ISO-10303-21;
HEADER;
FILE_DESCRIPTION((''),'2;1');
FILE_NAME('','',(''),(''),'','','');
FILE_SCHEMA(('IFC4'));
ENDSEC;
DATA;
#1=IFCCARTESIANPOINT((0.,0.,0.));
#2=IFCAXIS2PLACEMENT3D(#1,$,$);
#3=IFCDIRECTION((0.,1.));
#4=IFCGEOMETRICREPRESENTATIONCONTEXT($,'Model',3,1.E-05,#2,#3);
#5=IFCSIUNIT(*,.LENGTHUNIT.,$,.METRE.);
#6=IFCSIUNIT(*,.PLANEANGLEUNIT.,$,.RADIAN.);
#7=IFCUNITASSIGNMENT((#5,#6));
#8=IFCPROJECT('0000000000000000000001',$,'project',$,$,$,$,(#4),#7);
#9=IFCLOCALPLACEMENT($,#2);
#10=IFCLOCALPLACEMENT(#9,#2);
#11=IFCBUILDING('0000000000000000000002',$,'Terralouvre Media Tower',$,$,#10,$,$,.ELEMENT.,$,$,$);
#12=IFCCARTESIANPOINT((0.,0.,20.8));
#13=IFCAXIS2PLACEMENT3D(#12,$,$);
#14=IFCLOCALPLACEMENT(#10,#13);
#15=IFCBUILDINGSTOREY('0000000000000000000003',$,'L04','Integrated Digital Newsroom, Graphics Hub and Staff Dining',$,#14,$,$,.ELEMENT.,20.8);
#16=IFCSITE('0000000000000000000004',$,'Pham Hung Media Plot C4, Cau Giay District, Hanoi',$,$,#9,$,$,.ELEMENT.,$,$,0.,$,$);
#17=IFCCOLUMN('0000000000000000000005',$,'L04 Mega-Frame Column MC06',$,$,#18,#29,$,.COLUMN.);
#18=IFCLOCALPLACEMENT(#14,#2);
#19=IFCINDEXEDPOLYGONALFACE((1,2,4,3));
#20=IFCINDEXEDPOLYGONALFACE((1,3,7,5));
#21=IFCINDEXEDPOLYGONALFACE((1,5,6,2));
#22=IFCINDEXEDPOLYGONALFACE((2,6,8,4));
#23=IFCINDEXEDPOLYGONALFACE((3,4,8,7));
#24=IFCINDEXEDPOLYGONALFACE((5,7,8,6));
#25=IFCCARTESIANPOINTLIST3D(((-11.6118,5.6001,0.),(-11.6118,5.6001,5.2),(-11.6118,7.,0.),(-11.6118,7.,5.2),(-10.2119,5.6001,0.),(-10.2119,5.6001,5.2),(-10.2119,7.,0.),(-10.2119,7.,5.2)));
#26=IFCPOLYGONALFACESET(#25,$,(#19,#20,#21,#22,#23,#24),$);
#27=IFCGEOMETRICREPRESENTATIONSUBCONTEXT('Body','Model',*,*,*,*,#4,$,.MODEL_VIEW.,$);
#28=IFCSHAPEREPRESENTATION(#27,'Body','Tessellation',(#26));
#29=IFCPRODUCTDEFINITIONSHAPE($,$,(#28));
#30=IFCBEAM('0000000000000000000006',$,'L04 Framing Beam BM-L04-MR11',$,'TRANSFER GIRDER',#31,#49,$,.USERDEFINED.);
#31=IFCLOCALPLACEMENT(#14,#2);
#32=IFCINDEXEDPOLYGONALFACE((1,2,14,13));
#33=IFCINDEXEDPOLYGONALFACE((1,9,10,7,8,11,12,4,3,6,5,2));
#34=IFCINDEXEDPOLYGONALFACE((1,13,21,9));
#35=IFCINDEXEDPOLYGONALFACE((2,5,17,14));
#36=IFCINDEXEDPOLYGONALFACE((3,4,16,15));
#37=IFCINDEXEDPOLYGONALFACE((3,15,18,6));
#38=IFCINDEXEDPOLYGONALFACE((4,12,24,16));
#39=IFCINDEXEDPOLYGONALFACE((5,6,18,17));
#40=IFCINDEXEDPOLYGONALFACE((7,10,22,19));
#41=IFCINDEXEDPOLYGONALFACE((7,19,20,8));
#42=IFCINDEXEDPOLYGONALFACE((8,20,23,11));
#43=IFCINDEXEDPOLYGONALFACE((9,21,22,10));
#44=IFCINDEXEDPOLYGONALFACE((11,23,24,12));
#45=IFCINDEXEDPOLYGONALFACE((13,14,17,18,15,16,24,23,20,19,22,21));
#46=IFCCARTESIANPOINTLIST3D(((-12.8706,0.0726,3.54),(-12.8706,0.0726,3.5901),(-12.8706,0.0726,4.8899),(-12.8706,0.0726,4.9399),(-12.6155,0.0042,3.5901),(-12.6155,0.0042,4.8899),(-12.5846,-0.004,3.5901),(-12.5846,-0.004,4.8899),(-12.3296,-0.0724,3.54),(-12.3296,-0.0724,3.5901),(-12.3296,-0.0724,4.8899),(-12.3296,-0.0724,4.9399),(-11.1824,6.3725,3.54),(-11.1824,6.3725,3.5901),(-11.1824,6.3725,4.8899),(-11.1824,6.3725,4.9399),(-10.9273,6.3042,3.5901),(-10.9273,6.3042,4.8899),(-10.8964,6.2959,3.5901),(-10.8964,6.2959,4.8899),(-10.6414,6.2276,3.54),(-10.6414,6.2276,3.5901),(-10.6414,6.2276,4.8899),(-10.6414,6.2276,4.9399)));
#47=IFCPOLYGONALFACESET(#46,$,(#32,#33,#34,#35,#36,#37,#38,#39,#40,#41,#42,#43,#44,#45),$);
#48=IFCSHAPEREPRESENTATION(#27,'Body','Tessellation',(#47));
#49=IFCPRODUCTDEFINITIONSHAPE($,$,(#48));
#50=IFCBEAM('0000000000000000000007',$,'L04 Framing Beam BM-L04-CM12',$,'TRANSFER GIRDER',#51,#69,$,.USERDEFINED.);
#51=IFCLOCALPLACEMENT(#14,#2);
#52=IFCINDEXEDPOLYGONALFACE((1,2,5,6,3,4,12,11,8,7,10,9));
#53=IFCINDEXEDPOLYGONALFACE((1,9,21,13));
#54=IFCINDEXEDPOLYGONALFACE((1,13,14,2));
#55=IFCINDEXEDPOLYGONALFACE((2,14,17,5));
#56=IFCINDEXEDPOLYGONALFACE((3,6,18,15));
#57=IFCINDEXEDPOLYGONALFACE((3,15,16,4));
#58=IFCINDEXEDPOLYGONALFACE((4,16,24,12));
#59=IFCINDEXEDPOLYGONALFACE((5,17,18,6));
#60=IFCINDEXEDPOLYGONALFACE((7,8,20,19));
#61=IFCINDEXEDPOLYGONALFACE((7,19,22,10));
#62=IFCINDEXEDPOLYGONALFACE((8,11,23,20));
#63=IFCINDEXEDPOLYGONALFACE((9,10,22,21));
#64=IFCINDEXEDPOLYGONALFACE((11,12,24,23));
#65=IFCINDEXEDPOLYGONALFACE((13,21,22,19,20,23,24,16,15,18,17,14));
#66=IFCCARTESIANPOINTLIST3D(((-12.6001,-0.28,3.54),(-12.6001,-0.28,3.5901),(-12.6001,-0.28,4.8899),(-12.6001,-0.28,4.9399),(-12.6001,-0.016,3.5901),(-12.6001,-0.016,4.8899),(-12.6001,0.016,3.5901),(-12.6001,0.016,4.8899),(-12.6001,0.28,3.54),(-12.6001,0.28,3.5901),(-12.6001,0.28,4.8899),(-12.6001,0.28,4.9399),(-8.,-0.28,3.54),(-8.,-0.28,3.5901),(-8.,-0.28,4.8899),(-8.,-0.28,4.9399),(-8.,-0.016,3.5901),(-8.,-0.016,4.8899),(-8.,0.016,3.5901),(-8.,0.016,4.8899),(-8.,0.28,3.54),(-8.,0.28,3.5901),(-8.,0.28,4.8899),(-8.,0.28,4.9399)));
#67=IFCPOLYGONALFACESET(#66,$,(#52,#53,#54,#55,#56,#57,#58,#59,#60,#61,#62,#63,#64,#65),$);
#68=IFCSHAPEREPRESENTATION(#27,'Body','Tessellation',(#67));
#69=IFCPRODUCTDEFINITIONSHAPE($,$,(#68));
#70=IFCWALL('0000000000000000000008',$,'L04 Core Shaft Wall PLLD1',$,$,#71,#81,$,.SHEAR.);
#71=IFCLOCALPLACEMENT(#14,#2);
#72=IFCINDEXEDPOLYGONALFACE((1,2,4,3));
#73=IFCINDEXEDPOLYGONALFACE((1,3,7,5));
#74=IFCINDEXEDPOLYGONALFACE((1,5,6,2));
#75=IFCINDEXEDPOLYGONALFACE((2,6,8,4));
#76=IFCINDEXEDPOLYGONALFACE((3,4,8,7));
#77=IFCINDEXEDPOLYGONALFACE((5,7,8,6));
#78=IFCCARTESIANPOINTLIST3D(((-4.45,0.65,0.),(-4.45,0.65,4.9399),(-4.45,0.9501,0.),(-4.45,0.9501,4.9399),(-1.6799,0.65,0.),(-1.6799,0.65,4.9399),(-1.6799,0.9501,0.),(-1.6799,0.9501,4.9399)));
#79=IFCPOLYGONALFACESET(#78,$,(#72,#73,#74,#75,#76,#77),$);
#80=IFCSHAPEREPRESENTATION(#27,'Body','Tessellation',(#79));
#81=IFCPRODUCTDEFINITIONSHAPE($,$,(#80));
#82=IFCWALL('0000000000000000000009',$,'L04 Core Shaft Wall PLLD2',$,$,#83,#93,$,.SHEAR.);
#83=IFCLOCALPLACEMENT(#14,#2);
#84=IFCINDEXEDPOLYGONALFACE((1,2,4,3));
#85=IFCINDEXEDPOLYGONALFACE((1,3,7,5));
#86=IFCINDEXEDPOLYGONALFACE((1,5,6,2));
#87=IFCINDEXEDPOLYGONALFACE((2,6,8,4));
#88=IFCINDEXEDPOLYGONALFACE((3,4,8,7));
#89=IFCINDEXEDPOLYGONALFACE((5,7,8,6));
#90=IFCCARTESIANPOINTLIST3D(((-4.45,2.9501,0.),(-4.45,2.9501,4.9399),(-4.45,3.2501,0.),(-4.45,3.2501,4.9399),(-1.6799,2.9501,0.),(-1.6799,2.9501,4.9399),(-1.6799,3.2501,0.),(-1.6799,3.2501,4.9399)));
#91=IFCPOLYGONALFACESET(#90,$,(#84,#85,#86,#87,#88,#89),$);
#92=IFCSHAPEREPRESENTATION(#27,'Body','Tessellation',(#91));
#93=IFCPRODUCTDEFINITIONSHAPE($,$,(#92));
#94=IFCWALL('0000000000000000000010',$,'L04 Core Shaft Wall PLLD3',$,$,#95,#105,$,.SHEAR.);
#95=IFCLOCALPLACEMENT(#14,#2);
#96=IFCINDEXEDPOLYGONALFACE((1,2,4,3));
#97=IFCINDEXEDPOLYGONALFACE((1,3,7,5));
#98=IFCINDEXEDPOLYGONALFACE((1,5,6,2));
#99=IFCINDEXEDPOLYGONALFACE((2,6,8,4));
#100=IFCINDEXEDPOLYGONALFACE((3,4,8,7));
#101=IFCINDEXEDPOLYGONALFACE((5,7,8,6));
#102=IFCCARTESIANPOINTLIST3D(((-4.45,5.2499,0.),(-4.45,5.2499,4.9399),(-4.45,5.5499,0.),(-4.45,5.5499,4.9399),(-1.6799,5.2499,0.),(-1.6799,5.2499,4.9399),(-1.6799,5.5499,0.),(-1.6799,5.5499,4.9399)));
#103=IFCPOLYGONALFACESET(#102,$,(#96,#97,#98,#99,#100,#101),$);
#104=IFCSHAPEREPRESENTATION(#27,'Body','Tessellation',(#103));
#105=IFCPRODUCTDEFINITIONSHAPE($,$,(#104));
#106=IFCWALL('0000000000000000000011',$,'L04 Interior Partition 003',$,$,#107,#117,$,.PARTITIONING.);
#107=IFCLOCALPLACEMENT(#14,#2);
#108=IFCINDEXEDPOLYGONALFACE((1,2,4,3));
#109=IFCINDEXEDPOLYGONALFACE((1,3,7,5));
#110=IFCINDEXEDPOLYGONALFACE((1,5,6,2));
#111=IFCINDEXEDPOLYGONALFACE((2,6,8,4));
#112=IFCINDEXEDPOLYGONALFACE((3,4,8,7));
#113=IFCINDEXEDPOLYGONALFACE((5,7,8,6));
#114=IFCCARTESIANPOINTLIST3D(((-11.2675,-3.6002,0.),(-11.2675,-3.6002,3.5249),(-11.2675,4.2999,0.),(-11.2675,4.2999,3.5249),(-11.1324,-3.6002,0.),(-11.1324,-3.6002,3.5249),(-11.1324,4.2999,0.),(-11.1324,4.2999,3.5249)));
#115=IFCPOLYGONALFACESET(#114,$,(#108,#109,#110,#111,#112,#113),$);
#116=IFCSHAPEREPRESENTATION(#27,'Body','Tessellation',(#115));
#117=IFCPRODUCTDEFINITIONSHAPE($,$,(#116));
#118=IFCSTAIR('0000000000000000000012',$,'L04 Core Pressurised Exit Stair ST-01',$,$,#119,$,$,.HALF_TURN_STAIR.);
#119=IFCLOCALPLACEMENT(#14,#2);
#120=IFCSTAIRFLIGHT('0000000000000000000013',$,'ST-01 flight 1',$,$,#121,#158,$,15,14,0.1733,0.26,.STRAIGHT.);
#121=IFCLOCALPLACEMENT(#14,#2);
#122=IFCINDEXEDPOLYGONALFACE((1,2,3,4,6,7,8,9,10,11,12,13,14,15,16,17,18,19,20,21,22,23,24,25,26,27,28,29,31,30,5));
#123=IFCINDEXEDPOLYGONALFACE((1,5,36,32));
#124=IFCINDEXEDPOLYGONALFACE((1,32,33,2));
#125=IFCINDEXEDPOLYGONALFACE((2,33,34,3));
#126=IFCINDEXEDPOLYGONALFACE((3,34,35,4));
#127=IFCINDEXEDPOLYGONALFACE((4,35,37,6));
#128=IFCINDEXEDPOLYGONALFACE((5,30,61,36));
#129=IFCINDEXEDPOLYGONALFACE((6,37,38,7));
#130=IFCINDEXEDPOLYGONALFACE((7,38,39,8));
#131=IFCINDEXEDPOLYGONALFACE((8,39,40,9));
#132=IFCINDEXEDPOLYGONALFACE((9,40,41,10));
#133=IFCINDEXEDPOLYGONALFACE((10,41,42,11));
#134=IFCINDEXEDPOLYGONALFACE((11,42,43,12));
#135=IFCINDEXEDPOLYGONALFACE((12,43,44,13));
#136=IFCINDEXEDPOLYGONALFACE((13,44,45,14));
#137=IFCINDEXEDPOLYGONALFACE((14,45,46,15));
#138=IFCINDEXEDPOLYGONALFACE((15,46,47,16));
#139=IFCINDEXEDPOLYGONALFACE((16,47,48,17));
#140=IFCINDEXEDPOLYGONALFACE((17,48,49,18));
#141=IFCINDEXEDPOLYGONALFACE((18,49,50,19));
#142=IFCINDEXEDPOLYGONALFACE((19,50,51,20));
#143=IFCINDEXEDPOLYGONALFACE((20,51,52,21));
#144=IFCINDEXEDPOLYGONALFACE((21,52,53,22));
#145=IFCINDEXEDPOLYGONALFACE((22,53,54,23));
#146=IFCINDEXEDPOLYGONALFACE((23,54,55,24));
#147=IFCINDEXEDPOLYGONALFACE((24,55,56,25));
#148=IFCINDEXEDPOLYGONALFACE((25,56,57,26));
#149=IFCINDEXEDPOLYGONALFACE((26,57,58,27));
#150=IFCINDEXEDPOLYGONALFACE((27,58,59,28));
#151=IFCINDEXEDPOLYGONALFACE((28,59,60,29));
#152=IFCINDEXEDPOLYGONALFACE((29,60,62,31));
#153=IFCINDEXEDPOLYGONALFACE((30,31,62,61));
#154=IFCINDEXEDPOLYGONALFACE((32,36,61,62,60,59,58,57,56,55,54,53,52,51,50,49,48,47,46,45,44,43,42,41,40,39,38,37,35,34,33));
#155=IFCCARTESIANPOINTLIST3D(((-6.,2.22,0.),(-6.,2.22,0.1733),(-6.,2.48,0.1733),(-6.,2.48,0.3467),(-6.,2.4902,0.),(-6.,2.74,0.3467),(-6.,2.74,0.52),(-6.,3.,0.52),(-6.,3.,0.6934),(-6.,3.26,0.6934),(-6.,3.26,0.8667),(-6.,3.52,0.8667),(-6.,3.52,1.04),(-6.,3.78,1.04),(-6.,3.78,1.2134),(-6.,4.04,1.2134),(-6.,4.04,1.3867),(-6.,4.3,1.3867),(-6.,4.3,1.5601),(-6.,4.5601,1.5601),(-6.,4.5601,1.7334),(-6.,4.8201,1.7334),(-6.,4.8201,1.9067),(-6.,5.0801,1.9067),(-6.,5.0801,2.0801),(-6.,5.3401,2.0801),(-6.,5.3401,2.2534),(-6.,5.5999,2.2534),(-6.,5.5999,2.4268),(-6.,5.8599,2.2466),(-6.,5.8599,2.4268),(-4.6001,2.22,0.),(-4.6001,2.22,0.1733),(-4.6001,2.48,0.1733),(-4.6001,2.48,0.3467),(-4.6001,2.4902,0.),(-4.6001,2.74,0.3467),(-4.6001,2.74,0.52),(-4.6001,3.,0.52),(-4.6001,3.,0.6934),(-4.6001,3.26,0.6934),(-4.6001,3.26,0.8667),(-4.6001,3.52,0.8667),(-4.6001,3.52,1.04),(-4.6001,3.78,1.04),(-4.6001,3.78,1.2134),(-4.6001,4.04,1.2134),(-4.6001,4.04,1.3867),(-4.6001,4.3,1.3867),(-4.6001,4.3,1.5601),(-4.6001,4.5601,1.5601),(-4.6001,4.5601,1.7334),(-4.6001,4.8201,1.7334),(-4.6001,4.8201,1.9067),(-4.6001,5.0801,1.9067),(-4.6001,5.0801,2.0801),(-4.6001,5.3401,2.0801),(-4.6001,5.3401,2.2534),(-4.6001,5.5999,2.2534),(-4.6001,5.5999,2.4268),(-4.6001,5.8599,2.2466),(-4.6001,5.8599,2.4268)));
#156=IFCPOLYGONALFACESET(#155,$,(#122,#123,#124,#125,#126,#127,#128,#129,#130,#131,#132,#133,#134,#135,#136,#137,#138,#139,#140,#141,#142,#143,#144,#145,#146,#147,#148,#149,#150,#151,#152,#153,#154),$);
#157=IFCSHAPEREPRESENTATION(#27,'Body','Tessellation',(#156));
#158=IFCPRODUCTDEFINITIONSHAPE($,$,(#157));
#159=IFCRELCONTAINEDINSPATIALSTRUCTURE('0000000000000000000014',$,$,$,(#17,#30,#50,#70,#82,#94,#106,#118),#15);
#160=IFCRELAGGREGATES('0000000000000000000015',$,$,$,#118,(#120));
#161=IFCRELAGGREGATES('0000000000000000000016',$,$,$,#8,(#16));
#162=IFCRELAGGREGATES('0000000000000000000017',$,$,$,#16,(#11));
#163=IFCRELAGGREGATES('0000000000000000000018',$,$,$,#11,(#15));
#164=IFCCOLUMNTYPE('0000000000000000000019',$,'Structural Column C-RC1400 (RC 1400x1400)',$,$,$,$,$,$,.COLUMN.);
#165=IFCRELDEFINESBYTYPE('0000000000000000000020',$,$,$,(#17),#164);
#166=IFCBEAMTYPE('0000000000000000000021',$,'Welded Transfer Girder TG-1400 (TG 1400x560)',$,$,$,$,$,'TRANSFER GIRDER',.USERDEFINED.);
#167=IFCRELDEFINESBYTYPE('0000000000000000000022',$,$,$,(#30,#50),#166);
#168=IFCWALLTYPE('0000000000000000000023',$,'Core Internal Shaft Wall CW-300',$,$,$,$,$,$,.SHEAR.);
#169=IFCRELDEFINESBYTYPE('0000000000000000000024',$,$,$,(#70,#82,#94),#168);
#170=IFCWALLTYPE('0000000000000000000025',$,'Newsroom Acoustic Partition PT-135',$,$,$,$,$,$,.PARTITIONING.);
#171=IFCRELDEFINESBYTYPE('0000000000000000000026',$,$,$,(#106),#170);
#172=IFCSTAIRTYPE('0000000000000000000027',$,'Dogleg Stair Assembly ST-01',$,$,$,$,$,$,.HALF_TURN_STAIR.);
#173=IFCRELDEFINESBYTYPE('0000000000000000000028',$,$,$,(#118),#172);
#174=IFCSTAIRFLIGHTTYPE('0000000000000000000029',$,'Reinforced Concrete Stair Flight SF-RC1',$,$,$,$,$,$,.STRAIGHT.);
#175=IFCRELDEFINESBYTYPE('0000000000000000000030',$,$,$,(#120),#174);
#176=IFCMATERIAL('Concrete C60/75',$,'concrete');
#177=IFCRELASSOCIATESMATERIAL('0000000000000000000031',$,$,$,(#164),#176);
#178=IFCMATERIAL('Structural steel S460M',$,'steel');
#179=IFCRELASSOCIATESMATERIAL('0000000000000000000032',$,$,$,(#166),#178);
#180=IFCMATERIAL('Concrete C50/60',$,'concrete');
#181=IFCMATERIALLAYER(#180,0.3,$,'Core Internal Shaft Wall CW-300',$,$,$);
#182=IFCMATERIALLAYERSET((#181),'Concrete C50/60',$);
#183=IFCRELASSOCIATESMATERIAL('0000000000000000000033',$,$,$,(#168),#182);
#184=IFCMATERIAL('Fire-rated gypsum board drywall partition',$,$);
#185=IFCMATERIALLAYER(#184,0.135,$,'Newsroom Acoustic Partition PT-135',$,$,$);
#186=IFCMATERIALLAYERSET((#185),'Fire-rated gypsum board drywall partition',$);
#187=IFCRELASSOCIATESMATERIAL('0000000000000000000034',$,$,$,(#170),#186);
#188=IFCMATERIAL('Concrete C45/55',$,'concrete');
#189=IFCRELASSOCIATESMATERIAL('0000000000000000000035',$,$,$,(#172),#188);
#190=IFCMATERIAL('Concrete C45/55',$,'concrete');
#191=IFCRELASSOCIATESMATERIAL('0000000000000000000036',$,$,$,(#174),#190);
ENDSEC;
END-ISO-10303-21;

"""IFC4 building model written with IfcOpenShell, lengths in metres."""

from ifc_helpers import new_model, si_unit, direction, frame, frame_2d, origin, origin_2d, place, context, subcontext, project, spatial, polyline, rectangle, i_section, outline, extrude, material, layer, layer_set, material_profile, profile_set, type_object, element, aggregate, save


model = new_model("IFC4")

# Units and contexts
model_context = context("Model", 3, precision=1e-05, world=origin(), true_north=direction((0.0, 1.0)))
body_context = subcontext(model_context, "Body", "Model", "MODEL_VIEW")
ifc_project = project(units=[si_unit("LENGTHUNIT", "METRE"), si_unit("PLANEANGLEUNIT", "RADIAN")], contexts=[model_context])

# Site, building, storey
site_placement = place(None, origin())
site = spatial("IfcSite", under=ifc_project, at=site_placement, Name="Pham Hung Media Plot C4, Cau Giay District, Hanoi", CompositionType="ELEMENT", RefElevation=0.0)
building_placement = place(site_placement, origin())
building = spatial("IfcBuilding", under=site, at=building_placement, Name="Terralouvre Media Tower", CompositionType="ELEMENT")
storey_placement = place(building_placement, frame((0.0, 0.0, 20.8)))
storey = spatial("IfcBuildingStorey", under=building, at=storey_placement, Name="L04", Description="Integrated Digital Newsroom, Graphics Hub and Staff Dining", CompositionType="ELEMENT", Elevation=20.8)

# Column
ifc_material_1 = material(Name="Concrete C60/75", Category="concrete")
ifc_material_profile_1 = material_profile(ifc_material_1, rectangle(XDim=1.3999, YDim=1.3999, at=origin_2d()), Name="RC 1400x1400")
ifc_profile_set_1 = profile_set([ifc_material_profile_1], Name="Concrete C60/75")
column_type = type_object("IfcColumnType", Name="Structural Column C-RC1400 (RC 1400x1400)", PredefinedType="COLUMN", material=ifc_profile_set_1)
column_placement = place(storey_placement, frame((-10.9119, 6.3, 0.0), z_axis=(0.0, 0.0, 1.0), x_axis=(1.0, 0.0, 0.0)))
element("IfcColumn", 1, at=column_placement, inside=storey, type_object=column_type, Name="L04 Mega-Frame Column MC06", PredefinedType="COLUMN", context=body_context, shape_type="SweptSolid", body=[
    extrude(rectangle(XDim=1.3999, YDim=1.3999, at=origin_2d()), origin(), (0.0, 0.0, 1.0), 5.2),
])

# Beams
ifc_material_2 = material(Name="Structural steel S460M", Category="steel")
ifc_material_profile_2 = material_profile(ifc_material_2, i_section(OverallWidth=0.5601, OverallDepth=1.3999, WebThickness=0.032, FlangeThickness=0.05, at=origin_2d()), Name="TG 1400x560")
ifc_profile_set_2 = profile_set([ifc_material_profile_2], Name="Structural steel S460M")
beam_type = type_object("IfcBeamType", Name="Welded Transfer Girder TG-1400 (TG 1400x560)", ElementType="TRANSFER GIRDER", PredefinedType="USERDEFINED", material=ifc_profile_set_2)
beam_1_placement = place(storey_placement, frame((-10.9119, 6.3, 4.24), z_axis=(-0.258839, -0.96592, 0.0), x_axis=(0.96592, -0.258839, 0.0)))
element("IfcBeam", 2, at=beam_1_placement, inside=storey, type_object=beam_type, Name="L04 Framing Beam BM-L04-MR11", ObjectType="TRANSFER GIRDER", PredefinedType="USERDEFINED", context=body_context, shape_type="SweptSolid", body=[
    extrude(i_section(OverallWidth=0.5601, OverallDepth=1.3999, WebThickness=0.032, FlangeThickness=0.05, at=origin_2d()), origin(), (0.0, 0.0, 1.0), 6.5222),
])
beam_2_placement = place(storey_placement, frame((-8.0, 0.0, 4.24), z_axis=(-1.0, 0.0, 0.0), x_axis=(0.0, -1.0, 0.0)))
element("IfcBeam", 3, at=beam_2_placement, inside=storey, type_object=beam_type, Name="L04 Framing Beam BM-L04-CM12", ObjectType="TRANSFER GIRDER", PredefinedType="USERDEFINED", context=body_context, shape_type="SweptSolid", body=[
    extrude(i_section(OverallWidth=0.5601, OverallDepth=1.3999, WebThickness=0.032, FlangeThickness=0.05, at=origin_2d()), origin(), (0.0, 0.0, 1.0), 4.6001),
])

# Shared definitions
ifc_material_3 = material(Name="Concrete C50/60", Category="concrete")
ifc_layer_1 = layer(ifc_material_3, 0.3, Name="Core Internal Shaft Wall CW-300")
ifc_layer_set_1 = layer_set([ifc_layer_1], Name="Concrete C50/60")
wall_type_1 = type_object("IfcWallType", Name="Core Internal Shaft Wall CW-300", PredefinedType="SHEAR", material=ifc_layer_set_1)

# Walls
for number, where, z_axis, x_axis, name in (
    (4, (-4.45, 0.8, 0.0), (0.0, 0.0, 1.0), (1.0, 0.0, 0.0), "L04 Core Shaft Wall PLLD1"),
    (5, (-4.45, 3.1001, 0.0), (0.0, 0.0, 1.0), (1.0, 0.0, 0.0), "L04 Core Shaft Wall PLLD2"),
    (6, (-4.45, 5.3999, 0.0), (0.0, 0.0, 1.0), (1.0, 0.0, 0.0), "L04 Core Shaft Wall PLLD3"),
):
    element("IfcWall", number, at=place(storey_placement, frame(where, z_axis=z_axis, x_axis=x_axis)), inside=storey, type_object=wall_type_1, Name=name, PredefinedType="SHEAR", context=body_context, shape_type="SweptSolid", body=[
        extrude(rectangle(XDim=2.77, YDim=0.3, at=frame_2d((1.385, 0.0))), origin(), (0.0, 0.0, 1.0), 4.9399),
    ])
ifc_material_4 = material(Name="Fire-rated gypsum board drywall partition")
ifc_layer_2 = layer(ifc_material_4, 0.135, Name="Newsroom Acoustic Partition PT-135")
ifc_layer_set_2 = layer_set([ifc_layer_2], Name="Fire-rated gypsum board drywall partition")
wall_type_2 = type_object("IfcWallType", Name="Newsroom Acoustic Partition PT-135", PredefinedType="PARTITIONING", material=ifc_layer_set_2)
wall_1_placement = place(storey_placement, frame((-11.2, 4.3, 0.0), z_axis=(0.0, 0.0, 1.0), x_axis=(0.0, -1.0, 0.0)))
element("IfcWall", 7, at=wall_1_placement, inside=storey, type_object=wall_type_2, Name="L04 Interior Partition 003", PredefinedType="PARTITIONING", context=body_context, shape_type="SweptSolid", body=[
    extrude(rectangle(XDim=7.9001, YDim=0.135, at=frame_2d((3.9502, 0.0))), origin(), (0.0, 0.0, 1.0), 3.5249),
])

# Stair, stair flight
ifc_material_5 = material(Name="Concrete C45/55", Category="concrete")
stair_type = type_object("IfcStairType", Name="Dogleg Stair Assembly ST-01", PredefinedType="HALF_TURN_STAIR", material=ifc_material_5)
stair_placement = place(storey_placement, origin())
stair = element("IfcStair", 8, at=stair_placement, inside=storey, type_object=stair_type, Name="L04 Core Pressurised Exit Stair ST-01", PredefinedType="HALF_TURN_STAIR")
ifc_material_6 = material(Name="Concrete C45/55", Category="concrete")
stair_flight_type = type_object("IfcStairFlightType", Name="Reinforced Concrete Stair Flight SF-RC1", PredefinedType="STRAIGHT", material=ifc_material_6)
stair_flight_1_placement = place(storey_placement, frame((-5.3, 2.22, 0.0), z_axis=(0.0, 0.0, 1.0), x_axis=(0.0, 1.0, 0.0)))
stair_flight_1 = element("IfcStairFlight", 9, at=stair_flight_1_placement, type_object=stair_flight_type, Name="ST-01 flight 1", NumberOfRisers=15, NumberOfTreads=14, PredefinedType="STRAIGHT", RiserHeight=0.1733, TreadLength=0.26, context=body_context, shape_type="SweptSolid", body=[
    extrude(outline(polyline([(0.0, 0.0), (0.0, 0.1733), (0.26, 0.1733), (0.26, 0.3467), (0.52, 0.3467), (0.52, 0.52), (0.78, 0.52), (0.78, 0.6934), (1.04, 0.6934), (1.04, 0.8667), (1.3, 0.8667), (1.3, 1.04), (1.5601, 1.04), (1.5601, 1.2134), (1.8201, 1.2134), (1.8201, 1.3867), (2.0801, 1.3867), (2.0801, 1.5601), (2.3401, 1.5601), (2.3401, 1.7334), (2.6001, 1.7334), (2.6001, 1.9067), (2.8601, 1.9067), (2.8601, 2.0801), (3.1201, 2.0801), (3.1201, 2.2534), (3.3799, 2.2534), (3.3799, 2.4268), (3.6399, 2.4268), (3.6399, 2.6001), (3.6399, 2.2466), (0.2703, 0.0), (0.0, 0.0)])), frame((0.0, 0.7, 0.0), z_axis=(0.0, -1.0, 0.0), x_axis=(1.0, 0.0, 0.0)), (0.0, 0.0, 1.0), 1.3999),
])
aggregate(stair, [stair_flight_1])

save(model, "model.ifc")
